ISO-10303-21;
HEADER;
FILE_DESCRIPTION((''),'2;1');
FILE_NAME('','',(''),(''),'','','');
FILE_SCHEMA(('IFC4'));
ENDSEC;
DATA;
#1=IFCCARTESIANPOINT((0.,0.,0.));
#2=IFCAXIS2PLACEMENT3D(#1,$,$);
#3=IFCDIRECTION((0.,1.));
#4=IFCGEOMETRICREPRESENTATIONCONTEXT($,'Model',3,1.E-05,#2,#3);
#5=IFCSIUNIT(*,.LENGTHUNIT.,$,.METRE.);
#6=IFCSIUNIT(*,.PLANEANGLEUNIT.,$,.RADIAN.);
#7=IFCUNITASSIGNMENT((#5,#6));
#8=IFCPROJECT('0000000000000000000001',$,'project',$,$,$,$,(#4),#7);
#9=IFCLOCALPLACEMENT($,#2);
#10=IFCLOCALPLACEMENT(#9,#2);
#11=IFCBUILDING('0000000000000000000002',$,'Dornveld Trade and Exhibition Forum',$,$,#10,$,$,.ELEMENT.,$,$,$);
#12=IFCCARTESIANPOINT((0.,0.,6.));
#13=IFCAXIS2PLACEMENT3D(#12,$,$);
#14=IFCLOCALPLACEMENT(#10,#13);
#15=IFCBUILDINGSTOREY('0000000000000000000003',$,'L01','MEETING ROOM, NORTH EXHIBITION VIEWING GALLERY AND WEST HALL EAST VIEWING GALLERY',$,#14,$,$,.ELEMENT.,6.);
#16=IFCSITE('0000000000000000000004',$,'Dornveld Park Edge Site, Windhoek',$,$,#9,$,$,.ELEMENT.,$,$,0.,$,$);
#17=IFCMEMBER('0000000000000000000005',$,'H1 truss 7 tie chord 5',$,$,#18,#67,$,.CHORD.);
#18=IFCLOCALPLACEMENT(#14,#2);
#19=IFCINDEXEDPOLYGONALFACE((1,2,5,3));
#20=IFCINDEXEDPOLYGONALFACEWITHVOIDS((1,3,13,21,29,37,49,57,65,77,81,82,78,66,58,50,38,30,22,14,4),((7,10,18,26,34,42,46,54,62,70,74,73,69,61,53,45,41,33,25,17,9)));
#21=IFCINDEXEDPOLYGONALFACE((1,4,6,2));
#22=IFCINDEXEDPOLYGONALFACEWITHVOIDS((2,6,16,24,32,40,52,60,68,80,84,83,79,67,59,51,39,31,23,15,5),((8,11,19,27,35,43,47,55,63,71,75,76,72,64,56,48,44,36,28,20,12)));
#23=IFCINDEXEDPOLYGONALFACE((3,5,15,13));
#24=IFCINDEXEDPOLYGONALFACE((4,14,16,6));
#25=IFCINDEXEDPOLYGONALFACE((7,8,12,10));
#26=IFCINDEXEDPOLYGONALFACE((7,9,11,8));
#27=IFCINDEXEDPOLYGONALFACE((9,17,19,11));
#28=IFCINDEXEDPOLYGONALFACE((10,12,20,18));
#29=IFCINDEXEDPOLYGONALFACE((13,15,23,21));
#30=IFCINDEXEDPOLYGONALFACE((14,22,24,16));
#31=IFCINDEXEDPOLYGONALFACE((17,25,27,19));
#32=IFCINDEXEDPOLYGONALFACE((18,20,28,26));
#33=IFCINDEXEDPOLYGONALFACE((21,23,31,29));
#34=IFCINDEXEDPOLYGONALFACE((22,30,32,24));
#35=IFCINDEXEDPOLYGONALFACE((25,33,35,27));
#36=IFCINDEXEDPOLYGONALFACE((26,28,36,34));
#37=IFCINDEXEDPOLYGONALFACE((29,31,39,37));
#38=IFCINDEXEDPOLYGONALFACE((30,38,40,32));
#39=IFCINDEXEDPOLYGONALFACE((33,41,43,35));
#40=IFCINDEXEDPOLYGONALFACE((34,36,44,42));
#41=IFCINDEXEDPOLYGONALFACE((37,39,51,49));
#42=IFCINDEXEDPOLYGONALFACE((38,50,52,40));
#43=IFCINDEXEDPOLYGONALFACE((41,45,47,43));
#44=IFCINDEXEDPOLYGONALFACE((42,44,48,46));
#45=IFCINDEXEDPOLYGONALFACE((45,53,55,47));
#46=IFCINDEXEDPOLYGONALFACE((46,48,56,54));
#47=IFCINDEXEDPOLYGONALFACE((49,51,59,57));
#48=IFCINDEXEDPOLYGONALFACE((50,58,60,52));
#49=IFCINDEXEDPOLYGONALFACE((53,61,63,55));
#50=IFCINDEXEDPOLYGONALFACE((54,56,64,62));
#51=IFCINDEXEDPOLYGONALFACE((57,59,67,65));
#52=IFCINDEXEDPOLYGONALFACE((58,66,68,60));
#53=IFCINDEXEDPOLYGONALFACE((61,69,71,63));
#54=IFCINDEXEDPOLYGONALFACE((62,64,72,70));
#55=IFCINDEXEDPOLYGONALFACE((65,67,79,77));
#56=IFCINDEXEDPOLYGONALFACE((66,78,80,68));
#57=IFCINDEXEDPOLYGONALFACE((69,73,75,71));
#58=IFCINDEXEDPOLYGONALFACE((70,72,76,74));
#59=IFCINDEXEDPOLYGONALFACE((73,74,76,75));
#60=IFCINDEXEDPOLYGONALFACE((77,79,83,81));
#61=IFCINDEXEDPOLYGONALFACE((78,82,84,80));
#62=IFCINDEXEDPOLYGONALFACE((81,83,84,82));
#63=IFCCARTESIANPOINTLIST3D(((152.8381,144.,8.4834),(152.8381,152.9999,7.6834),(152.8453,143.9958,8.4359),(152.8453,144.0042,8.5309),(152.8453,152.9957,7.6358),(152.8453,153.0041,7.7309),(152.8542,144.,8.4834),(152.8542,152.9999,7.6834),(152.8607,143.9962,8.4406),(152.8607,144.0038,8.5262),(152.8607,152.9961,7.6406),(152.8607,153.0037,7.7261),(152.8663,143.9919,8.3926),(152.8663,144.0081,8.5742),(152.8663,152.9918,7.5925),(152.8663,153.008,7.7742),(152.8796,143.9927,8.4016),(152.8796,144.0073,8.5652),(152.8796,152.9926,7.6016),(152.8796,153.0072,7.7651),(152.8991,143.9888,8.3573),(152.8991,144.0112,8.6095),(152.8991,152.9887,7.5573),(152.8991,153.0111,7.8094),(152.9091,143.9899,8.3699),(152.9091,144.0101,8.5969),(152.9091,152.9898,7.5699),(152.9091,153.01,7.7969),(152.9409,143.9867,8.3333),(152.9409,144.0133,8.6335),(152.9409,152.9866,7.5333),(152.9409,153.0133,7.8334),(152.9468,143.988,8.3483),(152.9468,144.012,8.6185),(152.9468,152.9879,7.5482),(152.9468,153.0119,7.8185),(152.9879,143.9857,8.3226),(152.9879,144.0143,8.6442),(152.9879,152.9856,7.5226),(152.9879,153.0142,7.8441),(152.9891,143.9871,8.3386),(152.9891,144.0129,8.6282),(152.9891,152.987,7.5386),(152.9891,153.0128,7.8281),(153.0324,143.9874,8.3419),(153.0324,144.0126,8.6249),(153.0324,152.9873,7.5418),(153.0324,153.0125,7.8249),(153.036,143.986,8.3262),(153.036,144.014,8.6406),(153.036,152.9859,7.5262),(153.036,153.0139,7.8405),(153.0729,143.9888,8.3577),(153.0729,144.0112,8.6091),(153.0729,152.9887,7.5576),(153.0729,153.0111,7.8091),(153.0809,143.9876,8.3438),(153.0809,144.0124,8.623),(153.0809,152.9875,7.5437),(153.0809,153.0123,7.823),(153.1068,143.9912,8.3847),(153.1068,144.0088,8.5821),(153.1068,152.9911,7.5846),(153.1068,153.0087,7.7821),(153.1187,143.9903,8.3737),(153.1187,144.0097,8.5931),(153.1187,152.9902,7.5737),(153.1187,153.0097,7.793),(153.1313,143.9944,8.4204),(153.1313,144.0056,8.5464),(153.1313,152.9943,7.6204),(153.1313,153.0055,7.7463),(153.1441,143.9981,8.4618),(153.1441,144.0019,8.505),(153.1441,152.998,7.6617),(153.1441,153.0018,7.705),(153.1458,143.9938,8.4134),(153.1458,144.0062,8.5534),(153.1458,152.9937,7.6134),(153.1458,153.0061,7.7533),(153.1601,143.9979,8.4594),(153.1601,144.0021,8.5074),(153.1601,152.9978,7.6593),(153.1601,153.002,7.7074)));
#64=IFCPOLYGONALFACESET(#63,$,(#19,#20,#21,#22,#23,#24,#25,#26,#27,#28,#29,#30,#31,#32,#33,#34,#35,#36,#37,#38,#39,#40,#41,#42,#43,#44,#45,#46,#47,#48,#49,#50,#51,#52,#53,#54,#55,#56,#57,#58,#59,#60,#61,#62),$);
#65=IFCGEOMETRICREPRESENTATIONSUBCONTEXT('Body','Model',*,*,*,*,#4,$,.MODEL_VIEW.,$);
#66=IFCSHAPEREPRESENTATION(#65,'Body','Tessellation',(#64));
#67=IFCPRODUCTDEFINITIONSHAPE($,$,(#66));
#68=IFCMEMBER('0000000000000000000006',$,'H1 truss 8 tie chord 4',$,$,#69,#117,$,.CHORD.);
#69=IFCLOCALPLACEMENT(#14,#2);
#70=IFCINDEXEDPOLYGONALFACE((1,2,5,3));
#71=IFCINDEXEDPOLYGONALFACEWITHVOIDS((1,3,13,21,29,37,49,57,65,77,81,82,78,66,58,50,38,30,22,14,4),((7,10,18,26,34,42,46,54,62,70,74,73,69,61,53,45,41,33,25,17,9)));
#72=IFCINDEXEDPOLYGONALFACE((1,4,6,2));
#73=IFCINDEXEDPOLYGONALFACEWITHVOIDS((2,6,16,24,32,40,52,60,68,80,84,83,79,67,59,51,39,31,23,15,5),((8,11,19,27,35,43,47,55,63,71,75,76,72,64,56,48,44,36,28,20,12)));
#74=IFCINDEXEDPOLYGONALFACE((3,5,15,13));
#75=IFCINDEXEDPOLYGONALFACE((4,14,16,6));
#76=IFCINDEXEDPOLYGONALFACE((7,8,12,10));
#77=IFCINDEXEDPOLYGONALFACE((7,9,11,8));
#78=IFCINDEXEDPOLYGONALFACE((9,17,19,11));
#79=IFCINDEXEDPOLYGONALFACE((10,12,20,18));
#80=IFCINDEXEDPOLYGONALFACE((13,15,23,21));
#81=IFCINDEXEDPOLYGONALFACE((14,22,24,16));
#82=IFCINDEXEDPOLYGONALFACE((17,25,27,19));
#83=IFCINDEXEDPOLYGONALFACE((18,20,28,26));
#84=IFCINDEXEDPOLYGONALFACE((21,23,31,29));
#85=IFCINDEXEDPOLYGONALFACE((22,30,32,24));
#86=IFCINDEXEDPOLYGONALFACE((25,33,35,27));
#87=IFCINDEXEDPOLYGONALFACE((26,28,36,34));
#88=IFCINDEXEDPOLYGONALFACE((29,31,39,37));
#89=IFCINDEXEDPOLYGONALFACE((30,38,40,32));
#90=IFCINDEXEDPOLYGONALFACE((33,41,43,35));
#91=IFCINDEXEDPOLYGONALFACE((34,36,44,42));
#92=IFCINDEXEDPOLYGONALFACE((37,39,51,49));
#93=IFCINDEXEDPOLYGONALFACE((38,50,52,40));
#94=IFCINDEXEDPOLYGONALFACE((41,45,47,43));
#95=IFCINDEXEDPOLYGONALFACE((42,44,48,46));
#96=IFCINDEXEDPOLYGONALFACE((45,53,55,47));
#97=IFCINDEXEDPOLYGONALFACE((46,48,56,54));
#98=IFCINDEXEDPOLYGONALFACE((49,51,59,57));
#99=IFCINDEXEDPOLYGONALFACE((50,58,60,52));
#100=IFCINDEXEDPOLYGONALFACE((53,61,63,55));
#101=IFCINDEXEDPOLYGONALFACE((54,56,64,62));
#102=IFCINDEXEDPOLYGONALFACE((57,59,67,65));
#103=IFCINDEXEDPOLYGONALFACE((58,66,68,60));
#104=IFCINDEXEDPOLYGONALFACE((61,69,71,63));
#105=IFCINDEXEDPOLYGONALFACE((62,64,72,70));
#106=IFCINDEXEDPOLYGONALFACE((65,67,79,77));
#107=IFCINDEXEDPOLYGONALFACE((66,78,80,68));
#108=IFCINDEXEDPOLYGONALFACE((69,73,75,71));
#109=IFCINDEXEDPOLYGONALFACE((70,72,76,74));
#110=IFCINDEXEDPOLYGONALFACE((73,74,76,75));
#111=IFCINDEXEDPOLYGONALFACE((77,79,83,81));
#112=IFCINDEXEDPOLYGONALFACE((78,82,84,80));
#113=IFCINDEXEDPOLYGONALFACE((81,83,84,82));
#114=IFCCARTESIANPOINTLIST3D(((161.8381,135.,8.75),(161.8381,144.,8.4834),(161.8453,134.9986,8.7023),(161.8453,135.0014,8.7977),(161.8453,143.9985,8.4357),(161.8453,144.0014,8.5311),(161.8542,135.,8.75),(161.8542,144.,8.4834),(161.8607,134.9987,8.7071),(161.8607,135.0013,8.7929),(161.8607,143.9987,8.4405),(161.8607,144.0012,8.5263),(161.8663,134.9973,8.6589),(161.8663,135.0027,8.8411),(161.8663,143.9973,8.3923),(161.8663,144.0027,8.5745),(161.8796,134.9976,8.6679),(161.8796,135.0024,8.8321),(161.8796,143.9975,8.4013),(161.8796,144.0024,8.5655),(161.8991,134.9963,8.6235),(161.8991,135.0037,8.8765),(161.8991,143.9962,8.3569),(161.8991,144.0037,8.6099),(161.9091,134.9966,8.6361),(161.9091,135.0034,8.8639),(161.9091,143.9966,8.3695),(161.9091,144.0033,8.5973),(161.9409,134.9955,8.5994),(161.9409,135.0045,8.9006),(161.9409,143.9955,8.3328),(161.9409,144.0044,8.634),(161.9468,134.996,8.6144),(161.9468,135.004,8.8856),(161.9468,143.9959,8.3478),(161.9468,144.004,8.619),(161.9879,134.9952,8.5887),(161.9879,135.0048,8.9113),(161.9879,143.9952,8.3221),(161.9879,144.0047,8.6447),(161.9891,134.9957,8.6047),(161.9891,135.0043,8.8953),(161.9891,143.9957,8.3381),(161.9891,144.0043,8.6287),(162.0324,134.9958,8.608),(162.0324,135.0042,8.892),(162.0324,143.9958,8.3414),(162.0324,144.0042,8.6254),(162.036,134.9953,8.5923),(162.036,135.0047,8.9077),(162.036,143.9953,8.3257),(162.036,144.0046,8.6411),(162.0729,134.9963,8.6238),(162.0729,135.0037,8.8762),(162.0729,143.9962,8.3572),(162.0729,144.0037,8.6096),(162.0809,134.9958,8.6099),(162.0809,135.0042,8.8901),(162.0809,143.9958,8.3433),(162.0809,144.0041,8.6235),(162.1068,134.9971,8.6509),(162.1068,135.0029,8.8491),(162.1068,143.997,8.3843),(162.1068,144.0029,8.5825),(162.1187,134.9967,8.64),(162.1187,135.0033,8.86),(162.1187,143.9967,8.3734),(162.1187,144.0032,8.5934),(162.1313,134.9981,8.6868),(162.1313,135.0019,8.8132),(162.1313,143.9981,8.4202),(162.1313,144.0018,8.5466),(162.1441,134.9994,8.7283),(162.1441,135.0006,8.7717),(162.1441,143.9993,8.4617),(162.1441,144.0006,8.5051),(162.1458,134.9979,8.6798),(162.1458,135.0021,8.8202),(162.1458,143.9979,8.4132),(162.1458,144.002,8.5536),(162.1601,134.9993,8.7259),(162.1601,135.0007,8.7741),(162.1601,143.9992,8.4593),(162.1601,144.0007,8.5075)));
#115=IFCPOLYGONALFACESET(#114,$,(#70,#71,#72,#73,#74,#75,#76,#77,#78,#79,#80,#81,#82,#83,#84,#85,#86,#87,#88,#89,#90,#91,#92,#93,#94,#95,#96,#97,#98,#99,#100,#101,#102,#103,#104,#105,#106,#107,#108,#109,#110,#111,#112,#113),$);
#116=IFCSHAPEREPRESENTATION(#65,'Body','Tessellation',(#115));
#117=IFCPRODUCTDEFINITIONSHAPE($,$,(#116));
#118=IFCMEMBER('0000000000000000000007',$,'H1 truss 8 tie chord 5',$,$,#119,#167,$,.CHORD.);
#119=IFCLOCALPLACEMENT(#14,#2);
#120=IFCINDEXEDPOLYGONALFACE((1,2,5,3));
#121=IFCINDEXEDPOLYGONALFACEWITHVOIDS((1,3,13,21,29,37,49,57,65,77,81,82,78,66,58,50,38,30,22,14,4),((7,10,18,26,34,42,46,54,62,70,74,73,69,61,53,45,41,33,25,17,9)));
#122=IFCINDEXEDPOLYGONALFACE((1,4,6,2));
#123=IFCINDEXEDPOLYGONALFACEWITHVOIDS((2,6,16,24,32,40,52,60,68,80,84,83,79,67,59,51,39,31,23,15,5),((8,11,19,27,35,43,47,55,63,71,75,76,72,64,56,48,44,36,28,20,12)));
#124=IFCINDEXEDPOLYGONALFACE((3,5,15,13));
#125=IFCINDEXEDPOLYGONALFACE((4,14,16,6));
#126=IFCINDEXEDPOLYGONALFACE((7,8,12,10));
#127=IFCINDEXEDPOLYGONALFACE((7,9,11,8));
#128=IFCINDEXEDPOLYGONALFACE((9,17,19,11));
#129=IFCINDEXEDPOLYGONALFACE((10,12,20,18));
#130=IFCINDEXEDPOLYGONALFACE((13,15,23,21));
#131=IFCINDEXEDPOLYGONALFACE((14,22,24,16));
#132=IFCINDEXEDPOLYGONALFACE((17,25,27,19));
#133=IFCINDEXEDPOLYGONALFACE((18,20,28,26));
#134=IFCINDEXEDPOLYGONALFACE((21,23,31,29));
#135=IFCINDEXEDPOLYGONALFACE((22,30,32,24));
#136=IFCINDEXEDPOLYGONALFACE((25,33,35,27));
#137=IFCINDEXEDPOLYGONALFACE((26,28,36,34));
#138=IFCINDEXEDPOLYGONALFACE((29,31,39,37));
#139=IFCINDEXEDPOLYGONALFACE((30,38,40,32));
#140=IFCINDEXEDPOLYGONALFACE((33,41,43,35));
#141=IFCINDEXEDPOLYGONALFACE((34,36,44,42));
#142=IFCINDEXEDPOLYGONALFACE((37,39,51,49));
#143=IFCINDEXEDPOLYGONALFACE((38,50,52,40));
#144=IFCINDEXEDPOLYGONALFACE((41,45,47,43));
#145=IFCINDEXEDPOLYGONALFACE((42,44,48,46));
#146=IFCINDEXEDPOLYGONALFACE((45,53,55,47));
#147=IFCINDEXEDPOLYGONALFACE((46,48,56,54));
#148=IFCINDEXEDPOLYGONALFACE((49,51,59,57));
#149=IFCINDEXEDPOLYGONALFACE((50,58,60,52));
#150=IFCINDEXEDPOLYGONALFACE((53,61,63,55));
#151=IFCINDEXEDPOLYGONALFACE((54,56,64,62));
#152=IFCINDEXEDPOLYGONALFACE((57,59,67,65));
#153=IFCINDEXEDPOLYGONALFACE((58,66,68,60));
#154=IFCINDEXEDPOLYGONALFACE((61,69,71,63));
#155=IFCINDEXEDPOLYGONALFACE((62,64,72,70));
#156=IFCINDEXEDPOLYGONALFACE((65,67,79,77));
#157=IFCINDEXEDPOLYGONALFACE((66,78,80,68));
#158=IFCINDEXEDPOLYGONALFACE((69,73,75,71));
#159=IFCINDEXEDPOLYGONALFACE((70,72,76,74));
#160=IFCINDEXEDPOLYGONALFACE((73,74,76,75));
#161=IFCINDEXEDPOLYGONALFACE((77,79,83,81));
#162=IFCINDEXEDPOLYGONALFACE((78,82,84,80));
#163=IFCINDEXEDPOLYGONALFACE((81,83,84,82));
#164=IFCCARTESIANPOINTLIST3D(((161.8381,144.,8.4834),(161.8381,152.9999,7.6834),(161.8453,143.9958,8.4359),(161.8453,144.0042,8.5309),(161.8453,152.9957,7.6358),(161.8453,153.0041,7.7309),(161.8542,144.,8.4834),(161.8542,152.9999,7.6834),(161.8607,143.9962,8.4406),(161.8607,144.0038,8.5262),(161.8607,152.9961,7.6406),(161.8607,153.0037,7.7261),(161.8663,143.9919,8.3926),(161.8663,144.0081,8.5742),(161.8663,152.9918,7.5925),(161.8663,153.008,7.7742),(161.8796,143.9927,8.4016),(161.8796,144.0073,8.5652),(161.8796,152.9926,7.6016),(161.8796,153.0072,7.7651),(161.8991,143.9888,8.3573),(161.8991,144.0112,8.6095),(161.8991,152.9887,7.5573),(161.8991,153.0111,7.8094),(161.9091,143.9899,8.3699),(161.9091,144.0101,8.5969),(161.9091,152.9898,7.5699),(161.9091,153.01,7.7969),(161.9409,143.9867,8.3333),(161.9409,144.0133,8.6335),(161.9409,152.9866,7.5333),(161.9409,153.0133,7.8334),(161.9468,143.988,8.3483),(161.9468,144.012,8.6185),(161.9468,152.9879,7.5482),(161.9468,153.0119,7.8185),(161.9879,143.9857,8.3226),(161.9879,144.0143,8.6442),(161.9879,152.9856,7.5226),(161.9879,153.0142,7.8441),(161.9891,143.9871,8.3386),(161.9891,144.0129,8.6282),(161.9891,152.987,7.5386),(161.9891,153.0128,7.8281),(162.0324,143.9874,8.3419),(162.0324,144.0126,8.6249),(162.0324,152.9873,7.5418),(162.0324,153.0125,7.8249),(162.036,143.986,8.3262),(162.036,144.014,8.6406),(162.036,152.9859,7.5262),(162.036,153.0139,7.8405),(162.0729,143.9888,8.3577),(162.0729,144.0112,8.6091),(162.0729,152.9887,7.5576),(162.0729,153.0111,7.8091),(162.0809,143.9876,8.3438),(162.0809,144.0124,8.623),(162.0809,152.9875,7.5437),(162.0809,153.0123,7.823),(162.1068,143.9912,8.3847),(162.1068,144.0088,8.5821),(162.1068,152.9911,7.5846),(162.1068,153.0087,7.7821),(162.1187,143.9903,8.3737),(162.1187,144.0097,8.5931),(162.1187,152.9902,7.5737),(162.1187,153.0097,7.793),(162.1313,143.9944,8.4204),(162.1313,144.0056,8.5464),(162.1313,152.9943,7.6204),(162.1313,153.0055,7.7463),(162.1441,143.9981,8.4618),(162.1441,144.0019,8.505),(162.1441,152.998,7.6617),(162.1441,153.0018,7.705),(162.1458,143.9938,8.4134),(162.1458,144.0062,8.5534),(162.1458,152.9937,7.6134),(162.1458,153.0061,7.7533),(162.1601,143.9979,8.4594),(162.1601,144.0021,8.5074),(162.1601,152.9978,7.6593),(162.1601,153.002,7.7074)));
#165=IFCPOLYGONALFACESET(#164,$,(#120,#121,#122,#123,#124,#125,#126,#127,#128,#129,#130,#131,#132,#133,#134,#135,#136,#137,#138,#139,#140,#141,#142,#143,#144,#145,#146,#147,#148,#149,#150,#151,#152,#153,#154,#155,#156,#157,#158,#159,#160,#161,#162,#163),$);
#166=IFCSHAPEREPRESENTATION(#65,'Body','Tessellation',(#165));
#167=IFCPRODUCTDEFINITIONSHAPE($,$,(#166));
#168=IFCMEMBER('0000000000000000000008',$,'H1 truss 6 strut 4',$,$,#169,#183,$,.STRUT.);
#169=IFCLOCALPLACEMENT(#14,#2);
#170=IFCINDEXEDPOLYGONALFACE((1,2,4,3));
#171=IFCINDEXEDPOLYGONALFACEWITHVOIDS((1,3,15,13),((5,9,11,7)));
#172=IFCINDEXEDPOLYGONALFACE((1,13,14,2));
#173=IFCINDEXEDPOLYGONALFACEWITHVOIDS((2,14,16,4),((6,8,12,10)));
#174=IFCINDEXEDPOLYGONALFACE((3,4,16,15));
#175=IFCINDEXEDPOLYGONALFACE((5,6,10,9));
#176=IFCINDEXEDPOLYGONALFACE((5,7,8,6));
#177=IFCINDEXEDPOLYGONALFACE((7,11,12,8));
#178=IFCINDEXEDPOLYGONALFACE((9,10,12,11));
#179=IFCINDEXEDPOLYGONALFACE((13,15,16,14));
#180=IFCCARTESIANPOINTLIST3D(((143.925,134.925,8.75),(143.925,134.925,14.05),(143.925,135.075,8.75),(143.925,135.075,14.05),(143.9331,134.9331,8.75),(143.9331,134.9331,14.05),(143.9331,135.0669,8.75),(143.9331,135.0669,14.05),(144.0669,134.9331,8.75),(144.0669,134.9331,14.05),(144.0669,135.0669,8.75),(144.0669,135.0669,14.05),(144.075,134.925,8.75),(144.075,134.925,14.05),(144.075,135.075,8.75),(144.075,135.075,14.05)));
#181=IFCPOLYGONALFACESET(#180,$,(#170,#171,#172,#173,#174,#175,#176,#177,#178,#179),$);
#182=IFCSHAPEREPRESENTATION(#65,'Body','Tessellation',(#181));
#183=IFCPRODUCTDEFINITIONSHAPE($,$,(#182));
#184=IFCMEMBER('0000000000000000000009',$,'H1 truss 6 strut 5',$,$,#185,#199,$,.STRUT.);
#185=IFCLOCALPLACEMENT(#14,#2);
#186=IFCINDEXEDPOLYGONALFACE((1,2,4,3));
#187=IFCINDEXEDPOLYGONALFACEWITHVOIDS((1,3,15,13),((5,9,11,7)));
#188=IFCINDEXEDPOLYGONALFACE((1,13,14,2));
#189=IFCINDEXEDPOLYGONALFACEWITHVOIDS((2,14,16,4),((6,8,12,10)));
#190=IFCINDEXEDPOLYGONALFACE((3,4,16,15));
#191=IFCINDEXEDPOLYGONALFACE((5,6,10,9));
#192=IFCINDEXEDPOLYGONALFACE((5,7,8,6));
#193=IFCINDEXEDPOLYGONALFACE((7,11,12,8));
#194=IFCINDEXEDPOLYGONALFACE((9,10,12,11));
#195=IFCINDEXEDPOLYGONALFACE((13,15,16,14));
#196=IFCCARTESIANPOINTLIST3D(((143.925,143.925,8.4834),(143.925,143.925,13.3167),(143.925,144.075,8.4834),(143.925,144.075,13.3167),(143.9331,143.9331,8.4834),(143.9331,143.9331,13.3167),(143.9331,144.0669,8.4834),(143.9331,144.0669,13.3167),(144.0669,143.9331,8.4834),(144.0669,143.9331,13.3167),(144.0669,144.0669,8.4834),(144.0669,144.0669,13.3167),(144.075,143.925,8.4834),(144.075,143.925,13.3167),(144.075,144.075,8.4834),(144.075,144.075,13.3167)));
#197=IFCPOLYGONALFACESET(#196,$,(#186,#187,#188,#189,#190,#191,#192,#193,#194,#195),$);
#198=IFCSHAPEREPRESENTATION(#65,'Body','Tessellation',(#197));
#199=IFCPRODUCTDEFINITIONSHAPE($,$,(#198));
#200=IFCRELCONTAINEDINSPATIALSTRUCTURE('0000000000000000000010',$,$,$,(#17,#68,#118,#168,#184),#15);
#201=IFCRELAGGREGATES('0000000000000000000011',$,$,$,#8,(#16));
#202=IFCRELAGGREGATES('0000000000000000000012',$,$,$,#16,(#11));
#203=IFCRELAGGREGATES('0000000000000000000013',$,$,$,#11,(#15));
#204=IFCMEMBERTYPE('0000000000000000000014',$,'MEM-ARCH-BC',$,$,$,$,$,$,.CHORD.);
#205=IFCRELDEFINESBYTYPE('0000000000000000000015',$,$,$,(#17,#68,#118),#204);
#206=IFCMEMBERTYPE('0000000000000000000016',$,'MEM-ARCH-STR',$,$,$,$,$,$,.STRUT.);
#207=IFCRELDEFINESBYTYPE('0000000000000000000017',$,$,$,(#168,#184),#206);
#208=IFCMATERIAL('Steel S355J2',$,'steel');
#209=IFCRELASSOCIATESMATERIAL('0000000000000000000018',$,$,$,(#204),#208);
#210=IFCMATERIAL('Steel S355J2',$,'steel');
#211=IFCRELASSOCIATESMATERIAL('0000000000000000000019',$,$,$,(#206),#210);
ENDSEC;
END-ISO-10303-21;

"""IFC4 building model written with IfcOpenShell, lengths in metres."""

from ifc_helpers import new_model, si_unit, direction, frame, origin, origin_2d, place, context, subcontext, project, spatial, hollow_rectangle, hollow_circle, extrude, material, material_profile, profile_set, type_object, element, save


model = new_model("IFC4")

# Units and contexts
model_context = context("Model", 3, precision=1e-05, world=origin(), true_north=direction((0.0, 1.0)))
body_context = subcontext(model_context, "Body", "Model", "MODEL_VIEW")
ifc_project = project(units=[si_unit("LENGTHUNIT", "METRE"), si_unit("PLANEANGLEUNIT", "RADIAN")], contexts=[model_context])

# Site, building, storey
site_placement = place(None, origin())
site = spatial("IfcSite", under=ifc_project, at=site_placement, Name="Dornveld Park Edge Site, Windhoek", CompositionType="ELEMENT", RefElevation=0.0)
building_placement = place(site_placement, origin())
building = spatial("IfcBuilding", under=site, at=building_placement, Name="Dornveld Trade and Exhibition Forum", CompositionType="ELEMENT")
storey_placement = place(building_placement, frame((0.0, 0.0, 6.0)))
storey = spatial("IfcBuildingStorey", under=building, at=storey_placement, Name="L01", Description="MEETING ROOM, NORTH EXHIBITION VIEWING GALLERY AND WEST HALL EAST VIEWING GALLERY", CompositionType="ELEMENT", Elevation=6.0)

# Members
ifc_material_1 = material(Name="Steel S355J2", Category="steel")
ifc_material_profile_1 = material_profile(ifc_material_1, hollow_circle(Radius=0.1619, WallThickness=0.0161, at=origin_2d()), Name="CHS 323.9x16")
ifc_profile_set_1 = profile_set([ifc_material_profile_1], Name="Steel S355J2")
member_type_1 = type_object("IfcMemberType", Name="MEM-ARCH-BC", PredefinedType="CHORD", material=ifc_profile_set_1)
member_1_placement = place(storey_placement, frame((153.0, 144.0, 8.4834), z_axis=(0.0, 0.996072, -0.088545), x_axis=(-1.0, 0.0, 0.0)))
element("IfcMember", 1, at=member_1_placement, inside=storey, type_object=member_type_1, Name="H1 truss 7 tie chord 5", PredefinedType="CHORD", context=body_context, shape_type="SweptSolid", body=[
    extrude(hollow_circle(Radius=0.1619, WallThickness=0.0161, at=origin_2d()), origin(), (0.0, 0.0, 1.0), 9.0354),
])
member_2_placement = place(storey_placement, frame((162.0, 135.0, 8.75), z_axis=(0.0, 0.999562, -0.029609), x_axis=(-1.0, 0.0, 0.0)))
element("IfcMember", 2, at=member_2_placement, inside=storey, type_object=member_type_1, Name="H1 truss 8 tie chord 4", PredefinedType="CHORD", context=body_context, shape_type="SweptSolid", body=[
    extrude(hollow_circle(Radius=0.1619, WallThickness=0.0161, at=origin_2d()), origin(), (0.0, 0.0, 1.0), 9.0039),
])
member_3_placement = place(storey_placement, frame((162.0, 144.0, 8.4834), z_axis=(0.0, 0.996072, -0.088545), x_axis=(-1.0, 0.0, 0.0)))
element("IfcMember", 3, at=member_3_placement, inside=storey, type_object=member_type_1, Name="H1 truss 8 tie chord 5", PredefinedType="CHORD", context=body_context, shape_type="SweptSolid", body=[
    extrude(hollow_circle(Radius=0.1619, WallThickness=0.0161, at=origin_2d()), origin(), (0.0, 0.0, 1.0), 9.0354),
])
ifc_material_2 = material(Name="Steel S355J2", Category="steel")
ifc_material_profile_2 = material_profile(ifc_material_2, hollow_rectangle(XDim=0.1499, YDim=0.1499, WallThickness=0.0081, at=origin_2d()), Name="SHS 150x150x8")
ifc_profile_set_2 = profile_set([ifc_material_profile_2], Name="Steel S355J2")
member_type_2 = type_object("IfcMemberType", Name="MEM-ARCH-STR", PredefinedType="STRUT", material=ifc_profile_set_2)
member_4_placement = place(storey_placement, frame((144.0, 135.0, 8.75), z_axis=(0.0, 0.0, 1.0), x_axis=(1.0, 0.0, 0.0)))
element("IfcMember", 4, at=member_4_placement, inside=storey, type_object=member_type_2, Name="H1 truss 6 strut 4", PredefinedType="STRUT", context=body_context, shape_type="SweptSolid", body=[
    extrude(hollow_rectangle(XDim=0.1499, YDim=0.1499, WallThickness=0.0081, at=origin_2d()), origin(), (0.0, 0.0, 1.0), 5.3),
])
member_5_placement = place(storey_placement, frame((144.0, 144.0, 8.4834), z_axis=(0.0, 0.0, 1.0), x_axis=(1.0, 0.0, 0.0)))
element("IfcMember", 5, at=member_5_placement, inside=storey, type_object=member_type_2, Name="H1 truss 6 strut 5", PredefinedType="STRUT", context=body_context, shape_type="SweptSolid", body=[
    extrude(hollow_rectangle(XDim=0.1499, YDim=0.1499, WallThickness=0.0081, at=origin_2d()), origin(), (0.0, 0.0, 1.0), 4.8333),
])

save(model, "model.ifc")
